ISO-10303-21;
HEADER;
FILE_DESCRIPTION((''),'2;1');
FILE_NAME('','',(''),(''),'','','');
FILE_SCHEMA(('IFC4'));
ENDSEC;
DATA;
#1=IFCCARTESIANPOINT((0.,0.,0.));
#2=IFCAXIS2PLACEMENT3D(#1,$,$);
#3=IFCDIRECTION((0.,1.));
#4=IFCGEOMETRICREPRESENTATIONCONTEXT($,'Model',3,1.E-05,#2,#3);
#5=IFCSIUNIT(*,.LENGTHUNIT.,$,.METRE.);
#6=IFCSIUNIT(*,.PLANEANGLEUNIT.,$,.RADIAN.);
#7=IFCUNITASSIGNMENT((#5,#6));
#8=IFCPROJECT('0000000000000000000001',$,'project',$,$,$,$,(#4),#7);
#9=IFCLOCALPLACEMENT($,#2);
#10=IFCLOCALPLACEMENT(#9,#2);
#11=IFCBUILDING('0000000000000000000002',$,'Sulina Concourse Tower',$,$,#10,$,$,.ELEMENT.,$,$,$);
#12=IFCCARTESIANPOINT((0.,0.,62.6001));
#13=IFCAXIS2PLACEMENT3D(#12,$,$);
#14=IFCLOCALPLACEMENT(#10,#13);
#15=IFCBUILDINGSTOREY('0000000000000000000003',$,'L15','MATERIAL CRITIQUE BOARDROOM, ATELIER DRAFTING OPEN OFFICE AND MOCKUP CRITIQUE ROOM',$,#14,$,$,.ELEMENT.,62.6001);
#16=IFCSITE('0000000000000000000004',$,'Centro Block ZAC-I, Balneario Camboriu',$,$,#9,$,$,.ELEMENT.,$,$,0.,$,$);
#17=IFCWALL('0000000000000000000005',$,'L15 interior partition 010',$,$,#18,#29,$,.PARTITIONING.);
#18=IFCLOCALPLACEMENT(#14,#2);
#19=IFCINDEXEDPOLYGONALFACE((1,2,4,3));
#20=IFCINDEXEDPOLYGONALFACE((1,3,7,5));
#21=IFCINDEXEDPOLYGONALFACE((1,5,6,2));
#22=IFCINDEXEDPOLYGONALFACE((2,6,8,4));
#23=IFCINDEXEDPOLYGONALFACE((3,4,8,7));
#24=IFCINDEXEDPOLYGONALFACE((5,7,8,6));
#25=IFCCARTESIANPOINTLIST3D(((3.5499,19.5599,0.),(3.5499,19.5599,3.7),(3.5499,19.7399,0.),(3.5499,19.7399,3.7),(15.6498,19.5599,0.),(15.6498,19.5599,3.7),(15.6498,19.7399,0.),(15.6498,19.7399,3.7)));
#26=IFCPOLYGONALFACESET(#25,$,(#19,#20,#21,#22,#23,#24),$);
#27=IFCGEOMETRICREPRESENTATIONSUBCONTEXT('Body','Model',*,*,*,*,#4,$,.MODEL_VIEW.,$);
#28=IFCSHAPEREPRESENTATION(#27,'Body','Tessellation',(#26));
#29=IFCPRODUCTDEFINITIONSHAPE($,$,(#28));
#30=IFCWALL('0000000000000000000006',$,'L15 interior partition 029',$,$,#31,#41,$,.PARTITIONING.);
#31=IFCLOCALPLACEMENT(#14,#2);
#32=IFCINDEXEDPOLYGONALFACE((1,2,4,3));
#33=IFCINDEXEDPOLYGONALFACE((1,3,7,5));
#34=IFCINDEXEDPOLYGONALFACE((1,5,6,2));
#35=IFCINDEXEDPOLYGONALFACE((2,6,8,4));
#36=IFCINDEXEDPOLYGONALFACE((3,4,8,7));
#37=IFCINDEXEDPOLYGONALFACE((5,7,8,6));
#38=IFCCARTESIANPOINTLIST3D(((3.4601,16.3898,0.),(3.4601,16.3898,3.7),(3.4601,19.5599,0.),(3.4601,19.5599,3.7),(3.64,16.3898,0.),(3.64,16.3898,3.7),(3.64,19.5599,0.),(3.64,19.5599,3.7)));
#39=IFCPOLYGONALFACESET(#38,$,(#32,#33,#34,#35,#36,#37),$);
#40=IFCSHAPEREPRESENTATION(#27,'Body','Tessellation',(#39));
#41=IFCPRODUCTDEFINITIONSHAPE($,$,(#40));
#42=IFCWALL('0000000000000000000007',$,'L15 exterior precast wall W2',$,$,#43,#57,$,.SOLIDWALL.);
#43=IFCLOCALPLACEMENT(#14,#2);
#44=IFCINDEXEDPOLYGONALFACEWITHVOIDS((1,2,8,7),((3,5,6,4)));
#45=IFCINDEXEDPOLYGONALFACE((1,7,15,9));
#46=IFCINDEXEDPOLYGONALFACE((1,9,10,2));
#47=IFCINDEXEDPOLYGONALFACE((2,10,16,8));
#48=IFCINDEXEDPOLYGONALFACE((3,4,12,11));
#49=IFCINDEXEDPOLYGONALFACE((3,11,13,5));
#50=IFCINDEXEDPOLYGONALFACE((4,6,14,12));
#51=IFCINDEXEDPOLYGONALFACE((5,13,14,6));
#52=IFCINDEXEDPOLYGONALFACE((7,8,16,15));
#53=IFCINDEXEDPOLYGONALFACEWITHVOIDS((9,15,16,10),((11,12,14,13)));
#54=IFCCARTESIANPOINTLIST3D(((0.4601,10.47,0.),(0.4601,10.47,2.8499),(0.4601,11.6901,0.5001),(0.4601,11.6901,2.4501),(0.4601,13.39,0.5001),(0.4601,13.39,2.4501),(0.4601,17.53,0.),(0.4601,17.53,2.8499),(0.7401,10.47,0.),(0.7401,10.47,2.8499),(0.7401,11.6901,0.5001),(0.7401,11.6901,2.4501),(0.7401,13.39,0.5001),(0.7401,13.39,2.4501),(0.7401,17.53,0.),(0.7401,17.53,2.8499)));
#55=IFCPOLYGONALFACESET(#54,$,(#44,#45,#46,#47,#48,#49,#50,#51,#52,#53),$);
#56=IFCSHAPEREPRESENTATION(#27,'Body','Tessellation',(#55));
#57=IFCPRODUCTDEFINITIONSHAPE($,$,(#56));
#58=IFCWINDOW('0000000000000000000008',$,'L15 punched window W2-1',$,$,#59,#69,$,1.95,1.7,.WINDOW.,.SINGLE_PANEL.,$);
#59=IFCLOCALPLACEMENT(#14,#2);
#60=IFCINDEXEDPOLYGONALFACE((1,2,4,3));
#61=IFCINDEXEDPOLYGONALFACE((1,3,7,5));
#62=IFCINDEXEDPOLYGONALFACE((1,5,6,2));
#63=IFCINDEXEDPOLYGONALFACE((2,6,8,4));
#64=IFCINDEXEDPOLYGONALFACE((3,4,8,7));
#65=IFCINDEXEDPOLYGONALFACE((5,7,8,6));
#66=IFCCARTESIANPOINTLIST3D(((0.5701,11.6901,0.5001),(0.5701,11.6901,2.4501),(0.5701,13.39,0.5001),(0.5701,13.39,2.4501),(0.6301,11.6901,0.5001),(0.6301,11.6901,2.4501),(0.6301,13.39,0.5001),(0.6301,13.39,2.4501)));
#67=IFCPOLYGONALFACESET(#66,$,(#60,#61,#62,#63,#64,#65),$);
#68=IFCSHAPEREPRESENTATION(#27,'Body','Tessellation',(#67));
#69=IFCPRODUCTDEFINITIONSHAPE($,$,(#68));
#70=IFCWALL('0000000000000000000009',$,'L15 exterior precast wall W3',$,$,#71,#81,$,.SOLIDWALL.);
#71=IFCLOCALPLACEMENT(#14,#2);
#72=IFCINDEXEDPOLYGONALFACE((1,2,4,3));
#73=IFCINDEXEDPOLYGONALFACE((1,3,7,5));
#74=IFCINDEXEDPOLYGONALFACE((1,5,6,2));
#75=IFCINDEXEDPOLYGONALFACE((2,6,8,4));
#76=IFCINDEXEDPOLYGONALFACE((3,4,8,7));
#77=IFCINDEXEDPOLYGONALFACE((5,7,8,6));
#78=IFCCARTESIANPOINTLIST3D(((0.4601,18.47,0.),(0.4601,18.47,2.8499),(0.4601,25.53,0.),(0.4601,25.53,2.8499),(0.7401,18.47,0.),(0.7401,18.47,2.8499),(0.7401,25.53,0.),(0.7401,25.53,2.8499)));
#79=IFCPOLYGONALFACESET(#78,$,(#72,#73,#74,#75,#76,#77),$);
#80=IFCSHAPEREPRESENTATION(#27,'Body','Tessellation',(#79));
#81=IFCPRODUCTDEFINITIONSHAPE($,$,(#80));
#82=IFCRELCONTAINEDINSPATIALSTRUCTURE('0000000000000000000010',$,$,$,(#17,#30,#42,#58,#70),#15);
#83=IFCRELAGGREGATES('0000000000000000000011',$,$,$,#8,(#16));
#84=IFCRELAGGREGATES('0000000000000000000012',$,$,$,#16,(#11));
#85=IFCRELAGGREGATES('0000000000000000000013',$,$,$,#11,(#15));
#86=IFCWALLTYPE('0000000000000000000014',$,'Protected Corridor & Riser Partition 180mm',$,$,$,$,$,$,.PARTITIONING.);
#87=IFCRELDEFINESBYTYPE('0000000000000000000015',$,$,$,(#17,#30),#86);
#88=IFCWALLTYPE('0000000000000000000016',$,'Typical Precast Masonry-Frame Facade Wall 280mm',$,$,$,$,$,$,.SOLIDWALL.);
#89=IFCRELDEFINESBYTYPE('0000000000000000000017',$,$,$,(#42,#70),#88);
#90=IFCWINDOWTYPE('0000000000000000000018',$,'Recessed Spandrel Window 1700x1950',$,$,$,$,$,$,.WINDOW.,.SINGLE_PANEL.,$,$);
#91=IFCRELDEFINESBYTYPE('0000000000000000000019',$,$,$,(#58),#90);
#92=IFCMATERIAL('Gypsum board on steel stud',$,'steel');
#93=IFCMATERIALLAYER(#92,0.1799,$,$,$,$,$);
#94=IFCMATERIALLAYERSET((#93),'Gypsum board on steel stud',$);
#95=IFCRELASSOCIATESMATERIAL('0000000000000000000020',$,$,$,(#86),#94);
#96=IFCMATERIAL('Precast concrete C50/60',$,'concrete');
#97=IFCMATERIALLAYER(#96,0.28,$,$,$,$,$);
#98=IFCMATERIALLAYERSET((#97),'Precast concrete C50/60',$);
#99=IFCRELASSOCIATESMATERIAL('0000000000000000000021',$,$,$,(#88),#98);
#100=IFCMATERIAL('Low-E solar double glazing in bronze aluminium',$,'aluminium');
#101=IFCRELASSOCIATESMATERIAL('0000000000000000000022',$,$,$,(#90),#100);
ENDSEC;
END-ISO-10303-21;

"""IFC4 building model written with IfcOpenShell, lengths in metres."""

from ifc_helpers import new_model, si_unit, direction, frame, frame_2d, origin, place, context, subcontext, project, spatial, rectangle, extrude, material, layer, layer_set, type_object, element, fill, save


model = new_model("IFC4")

# Units and contexts
model_context = context("Model", 3, precision=1e-05, world=origin(), true_north=direction((0.0, 1.0)))
body_context = subcontext(model_context, "Body", "Model", "MODEL_VIEW")
ifc_project = project(units=[si_unit("LENGTHUNIT", "METRE"), si_unit("PLANEANGLEUNIT", "RADIAN")], contexts=[model_context])

# Site, building, storey
site_placement = place(None, origin())
site = spatial("IfcSite", under=ifc_project, at=site_placement, Name="Centro Block ZAC-I, Balneario Camboriu", CompositionType="ELEMENT", RefElevation=0.0)
building_placement = place(site_placement, origin())
building = spatial("IfcBuilding", under=site, at=building_placement, Name="Sulina Concourse Tower", CompositionType="ELEMENT")
storey_placement = place(building_placement, frame((0.0, 0.0, 62.6001)))
storey = spatial("IfcBuildingStorey", under=building, at=storey_placement, Name="L15", Description="MATERIAL CRITIQUE BOARDROOM, ATELIER DRAFTING OPEN OFFICE AND MOCKUP CRITIQUE ROOM", CompositionType="ELEMENT", Elevation=62.6001)

# Shared definitions
ifc_material_1 = material(Name="Gypsum board on steel stud", Category="steel")
ifc_layer_1 = layer(ifc_material_1, 0.1799)
ifc_layer_set_1 = layer_set([ifc_layer_1], Name="Gypsum board on steel stud")
wall_type_1 = type_object("IfcWallType", Name="Protected Corridor & Riser Partition 180mm", PredefinedType="PARTITIONING", material=ifc_layer_set_1)

# Walls
wall_1_placement = place(storey_placement, frame((3.55, 19.6499, 0.0), z_axis=(0.0, 0.0, 1.0), x_axis=(1.0, 0.0, 0.0)))
element("IfcWall", 1, at=wall_1_placement, inside=storey, type_object=wall_type_1, Name="L15 interior partition 010", PredefinedType="PARTITIONING", context=body_context, shape_type="SweptSolid", body=[
    extrude(rectangle(XDim=12.0999, YDim=0.1799, at=frame_2d((6.0498, 0.0))), origin(), (0.0, 0.0, 1.0), 3.7),
])
wall_2_placement = place(storey_placement, frame((3.55, 16.3899, 0.0), z_axis=(0.0, 0.0, 1.0), x_axis=(0.0, 1.0, 0.0)))
element("IfcWall", 2, at=wall_2_placement, inside=storey, type_object=wall_type_1, Name="L15 interior partition 029", PredefinedType="PARTITIONING", context=body_context, shape_type="SweptSolid", body=[
    extrude(rectangle(XDim=3.1702, YDim=0.1799, at=frame_2d((1.585, 0.0))), origin(), (0.0, 0.0, 1.0), 3.7),
])

# Wall, opening, window
ifc_material_2 = material(Name="Precast concrete C50/60", Category="concrete")
ifc_layer_2 = layer(ifc_material_2, 0.28)
ifc_layer_set_2 = layer_set([ifc_layer_2], Name="Precast concrete C50/60")
wall_type_2 = type_object("IfcWallType", Name="Typical Precast Masonry-Frame Facade Wall 280mm", PredefinedType="SOLIDWALL", material=ifc_layer_set_2)
wall_3_placement = place(storey_placement, frame((0.6001, 10.47, 0.0), z_axis=(0.0, 0.0, 1.0), x_axis=(0.0, 1.0, 0.0)))
wall_3 = element("IfcWall", 3, at=wall_3_placement, inside=storey, type_object=wall_type_2, Name="L15 exterior precast wall W2", PredefinedType="SOLIDWALL", context=body_context, shape_type="SweptSolid", body=[
    extrude(rectangle(XDim=7.0601, YDim=0.28, at=frame_2d((3.53, 0.0))), origin(), (0.0, 0.0, 1.0), 2.8499),
])
opening_1_placement = place(wall_3_placement, frame((1.22, 0.0, 0.5)))
opening_1 = element("IfcOpeningElement", 4, at=opening_1_placement, cuts=wall_3, PredefinedType="OPENING", context=body_context, shape_type="SweptSolid", body=[
    extrude(rectangle(XDim=1.7, YDim=1.95, at=frame_2d((0.8501, 0.9751))), frame((0.0, 0.1499, 0.0), z_axis=(0.0, -1.0, 0.0), x_axis=(1.0, 0.0, 0.0)), (0.0, 0.0, 1.0), 0.3),
])
ifc_material_3 = material(Name="Low-E solar double glazing in bronze aluminium", Category="aluminium")
window_type = type_object("IfcWindowType", Name="Recessed Spandrel Window 1700x1950", PartitioningType="SINGLE_PANEL", PredefinedType="WINDOW", material=ifc_material_3)
window_placement = place(opening_1_placement, origin())
window = element("IfcWindow", 5, at=window_placement, inside=storey, type_object=window_type, Name="L15 punched window W2-1", OverallHeight=1.95, OverallWidth=1.7, PartitioningType="SINGLE_PANEL", PredefinedType="WINDOW", context=body_context, shape_type="SweptSolid", body=[
    extrude(rectangle(XDim=1.7, YDim=1.95, at=frame_2d((0.8501, 0.9751))), frame((0.0, 0.03, 0.0), z_axis=(0.0, -1.0, 0.0), x_axis=(1.0, 0.0, 0.0)), (0.0, 0.0, 1.0), 0.0601),
])
fill(opening_1, window)

# Wall
wall_4_placement = place(storey_placement, frame((0.6001, 18.47, 0.0), z_axis=(0.0, 0.0, 1.0), x_axis=(0.0, 1.0, 0.0)))
element("IfcWall", 6, at=wall_4_placement, inside=storey, type_object=wall_type_2, Name="L15 exterior precast wall W3", PredefinedType="SOLIDWALL", context=body_context, shape_type="SweptSolid", body=[
    extrude(rectangle(XDim=7.0601, YDim=0.28, at=frame_2d((3.53, 0.0))), origin(), (0.0, 0.0, 1.0), 2.8499),
])

save(model, "model.ifc")
